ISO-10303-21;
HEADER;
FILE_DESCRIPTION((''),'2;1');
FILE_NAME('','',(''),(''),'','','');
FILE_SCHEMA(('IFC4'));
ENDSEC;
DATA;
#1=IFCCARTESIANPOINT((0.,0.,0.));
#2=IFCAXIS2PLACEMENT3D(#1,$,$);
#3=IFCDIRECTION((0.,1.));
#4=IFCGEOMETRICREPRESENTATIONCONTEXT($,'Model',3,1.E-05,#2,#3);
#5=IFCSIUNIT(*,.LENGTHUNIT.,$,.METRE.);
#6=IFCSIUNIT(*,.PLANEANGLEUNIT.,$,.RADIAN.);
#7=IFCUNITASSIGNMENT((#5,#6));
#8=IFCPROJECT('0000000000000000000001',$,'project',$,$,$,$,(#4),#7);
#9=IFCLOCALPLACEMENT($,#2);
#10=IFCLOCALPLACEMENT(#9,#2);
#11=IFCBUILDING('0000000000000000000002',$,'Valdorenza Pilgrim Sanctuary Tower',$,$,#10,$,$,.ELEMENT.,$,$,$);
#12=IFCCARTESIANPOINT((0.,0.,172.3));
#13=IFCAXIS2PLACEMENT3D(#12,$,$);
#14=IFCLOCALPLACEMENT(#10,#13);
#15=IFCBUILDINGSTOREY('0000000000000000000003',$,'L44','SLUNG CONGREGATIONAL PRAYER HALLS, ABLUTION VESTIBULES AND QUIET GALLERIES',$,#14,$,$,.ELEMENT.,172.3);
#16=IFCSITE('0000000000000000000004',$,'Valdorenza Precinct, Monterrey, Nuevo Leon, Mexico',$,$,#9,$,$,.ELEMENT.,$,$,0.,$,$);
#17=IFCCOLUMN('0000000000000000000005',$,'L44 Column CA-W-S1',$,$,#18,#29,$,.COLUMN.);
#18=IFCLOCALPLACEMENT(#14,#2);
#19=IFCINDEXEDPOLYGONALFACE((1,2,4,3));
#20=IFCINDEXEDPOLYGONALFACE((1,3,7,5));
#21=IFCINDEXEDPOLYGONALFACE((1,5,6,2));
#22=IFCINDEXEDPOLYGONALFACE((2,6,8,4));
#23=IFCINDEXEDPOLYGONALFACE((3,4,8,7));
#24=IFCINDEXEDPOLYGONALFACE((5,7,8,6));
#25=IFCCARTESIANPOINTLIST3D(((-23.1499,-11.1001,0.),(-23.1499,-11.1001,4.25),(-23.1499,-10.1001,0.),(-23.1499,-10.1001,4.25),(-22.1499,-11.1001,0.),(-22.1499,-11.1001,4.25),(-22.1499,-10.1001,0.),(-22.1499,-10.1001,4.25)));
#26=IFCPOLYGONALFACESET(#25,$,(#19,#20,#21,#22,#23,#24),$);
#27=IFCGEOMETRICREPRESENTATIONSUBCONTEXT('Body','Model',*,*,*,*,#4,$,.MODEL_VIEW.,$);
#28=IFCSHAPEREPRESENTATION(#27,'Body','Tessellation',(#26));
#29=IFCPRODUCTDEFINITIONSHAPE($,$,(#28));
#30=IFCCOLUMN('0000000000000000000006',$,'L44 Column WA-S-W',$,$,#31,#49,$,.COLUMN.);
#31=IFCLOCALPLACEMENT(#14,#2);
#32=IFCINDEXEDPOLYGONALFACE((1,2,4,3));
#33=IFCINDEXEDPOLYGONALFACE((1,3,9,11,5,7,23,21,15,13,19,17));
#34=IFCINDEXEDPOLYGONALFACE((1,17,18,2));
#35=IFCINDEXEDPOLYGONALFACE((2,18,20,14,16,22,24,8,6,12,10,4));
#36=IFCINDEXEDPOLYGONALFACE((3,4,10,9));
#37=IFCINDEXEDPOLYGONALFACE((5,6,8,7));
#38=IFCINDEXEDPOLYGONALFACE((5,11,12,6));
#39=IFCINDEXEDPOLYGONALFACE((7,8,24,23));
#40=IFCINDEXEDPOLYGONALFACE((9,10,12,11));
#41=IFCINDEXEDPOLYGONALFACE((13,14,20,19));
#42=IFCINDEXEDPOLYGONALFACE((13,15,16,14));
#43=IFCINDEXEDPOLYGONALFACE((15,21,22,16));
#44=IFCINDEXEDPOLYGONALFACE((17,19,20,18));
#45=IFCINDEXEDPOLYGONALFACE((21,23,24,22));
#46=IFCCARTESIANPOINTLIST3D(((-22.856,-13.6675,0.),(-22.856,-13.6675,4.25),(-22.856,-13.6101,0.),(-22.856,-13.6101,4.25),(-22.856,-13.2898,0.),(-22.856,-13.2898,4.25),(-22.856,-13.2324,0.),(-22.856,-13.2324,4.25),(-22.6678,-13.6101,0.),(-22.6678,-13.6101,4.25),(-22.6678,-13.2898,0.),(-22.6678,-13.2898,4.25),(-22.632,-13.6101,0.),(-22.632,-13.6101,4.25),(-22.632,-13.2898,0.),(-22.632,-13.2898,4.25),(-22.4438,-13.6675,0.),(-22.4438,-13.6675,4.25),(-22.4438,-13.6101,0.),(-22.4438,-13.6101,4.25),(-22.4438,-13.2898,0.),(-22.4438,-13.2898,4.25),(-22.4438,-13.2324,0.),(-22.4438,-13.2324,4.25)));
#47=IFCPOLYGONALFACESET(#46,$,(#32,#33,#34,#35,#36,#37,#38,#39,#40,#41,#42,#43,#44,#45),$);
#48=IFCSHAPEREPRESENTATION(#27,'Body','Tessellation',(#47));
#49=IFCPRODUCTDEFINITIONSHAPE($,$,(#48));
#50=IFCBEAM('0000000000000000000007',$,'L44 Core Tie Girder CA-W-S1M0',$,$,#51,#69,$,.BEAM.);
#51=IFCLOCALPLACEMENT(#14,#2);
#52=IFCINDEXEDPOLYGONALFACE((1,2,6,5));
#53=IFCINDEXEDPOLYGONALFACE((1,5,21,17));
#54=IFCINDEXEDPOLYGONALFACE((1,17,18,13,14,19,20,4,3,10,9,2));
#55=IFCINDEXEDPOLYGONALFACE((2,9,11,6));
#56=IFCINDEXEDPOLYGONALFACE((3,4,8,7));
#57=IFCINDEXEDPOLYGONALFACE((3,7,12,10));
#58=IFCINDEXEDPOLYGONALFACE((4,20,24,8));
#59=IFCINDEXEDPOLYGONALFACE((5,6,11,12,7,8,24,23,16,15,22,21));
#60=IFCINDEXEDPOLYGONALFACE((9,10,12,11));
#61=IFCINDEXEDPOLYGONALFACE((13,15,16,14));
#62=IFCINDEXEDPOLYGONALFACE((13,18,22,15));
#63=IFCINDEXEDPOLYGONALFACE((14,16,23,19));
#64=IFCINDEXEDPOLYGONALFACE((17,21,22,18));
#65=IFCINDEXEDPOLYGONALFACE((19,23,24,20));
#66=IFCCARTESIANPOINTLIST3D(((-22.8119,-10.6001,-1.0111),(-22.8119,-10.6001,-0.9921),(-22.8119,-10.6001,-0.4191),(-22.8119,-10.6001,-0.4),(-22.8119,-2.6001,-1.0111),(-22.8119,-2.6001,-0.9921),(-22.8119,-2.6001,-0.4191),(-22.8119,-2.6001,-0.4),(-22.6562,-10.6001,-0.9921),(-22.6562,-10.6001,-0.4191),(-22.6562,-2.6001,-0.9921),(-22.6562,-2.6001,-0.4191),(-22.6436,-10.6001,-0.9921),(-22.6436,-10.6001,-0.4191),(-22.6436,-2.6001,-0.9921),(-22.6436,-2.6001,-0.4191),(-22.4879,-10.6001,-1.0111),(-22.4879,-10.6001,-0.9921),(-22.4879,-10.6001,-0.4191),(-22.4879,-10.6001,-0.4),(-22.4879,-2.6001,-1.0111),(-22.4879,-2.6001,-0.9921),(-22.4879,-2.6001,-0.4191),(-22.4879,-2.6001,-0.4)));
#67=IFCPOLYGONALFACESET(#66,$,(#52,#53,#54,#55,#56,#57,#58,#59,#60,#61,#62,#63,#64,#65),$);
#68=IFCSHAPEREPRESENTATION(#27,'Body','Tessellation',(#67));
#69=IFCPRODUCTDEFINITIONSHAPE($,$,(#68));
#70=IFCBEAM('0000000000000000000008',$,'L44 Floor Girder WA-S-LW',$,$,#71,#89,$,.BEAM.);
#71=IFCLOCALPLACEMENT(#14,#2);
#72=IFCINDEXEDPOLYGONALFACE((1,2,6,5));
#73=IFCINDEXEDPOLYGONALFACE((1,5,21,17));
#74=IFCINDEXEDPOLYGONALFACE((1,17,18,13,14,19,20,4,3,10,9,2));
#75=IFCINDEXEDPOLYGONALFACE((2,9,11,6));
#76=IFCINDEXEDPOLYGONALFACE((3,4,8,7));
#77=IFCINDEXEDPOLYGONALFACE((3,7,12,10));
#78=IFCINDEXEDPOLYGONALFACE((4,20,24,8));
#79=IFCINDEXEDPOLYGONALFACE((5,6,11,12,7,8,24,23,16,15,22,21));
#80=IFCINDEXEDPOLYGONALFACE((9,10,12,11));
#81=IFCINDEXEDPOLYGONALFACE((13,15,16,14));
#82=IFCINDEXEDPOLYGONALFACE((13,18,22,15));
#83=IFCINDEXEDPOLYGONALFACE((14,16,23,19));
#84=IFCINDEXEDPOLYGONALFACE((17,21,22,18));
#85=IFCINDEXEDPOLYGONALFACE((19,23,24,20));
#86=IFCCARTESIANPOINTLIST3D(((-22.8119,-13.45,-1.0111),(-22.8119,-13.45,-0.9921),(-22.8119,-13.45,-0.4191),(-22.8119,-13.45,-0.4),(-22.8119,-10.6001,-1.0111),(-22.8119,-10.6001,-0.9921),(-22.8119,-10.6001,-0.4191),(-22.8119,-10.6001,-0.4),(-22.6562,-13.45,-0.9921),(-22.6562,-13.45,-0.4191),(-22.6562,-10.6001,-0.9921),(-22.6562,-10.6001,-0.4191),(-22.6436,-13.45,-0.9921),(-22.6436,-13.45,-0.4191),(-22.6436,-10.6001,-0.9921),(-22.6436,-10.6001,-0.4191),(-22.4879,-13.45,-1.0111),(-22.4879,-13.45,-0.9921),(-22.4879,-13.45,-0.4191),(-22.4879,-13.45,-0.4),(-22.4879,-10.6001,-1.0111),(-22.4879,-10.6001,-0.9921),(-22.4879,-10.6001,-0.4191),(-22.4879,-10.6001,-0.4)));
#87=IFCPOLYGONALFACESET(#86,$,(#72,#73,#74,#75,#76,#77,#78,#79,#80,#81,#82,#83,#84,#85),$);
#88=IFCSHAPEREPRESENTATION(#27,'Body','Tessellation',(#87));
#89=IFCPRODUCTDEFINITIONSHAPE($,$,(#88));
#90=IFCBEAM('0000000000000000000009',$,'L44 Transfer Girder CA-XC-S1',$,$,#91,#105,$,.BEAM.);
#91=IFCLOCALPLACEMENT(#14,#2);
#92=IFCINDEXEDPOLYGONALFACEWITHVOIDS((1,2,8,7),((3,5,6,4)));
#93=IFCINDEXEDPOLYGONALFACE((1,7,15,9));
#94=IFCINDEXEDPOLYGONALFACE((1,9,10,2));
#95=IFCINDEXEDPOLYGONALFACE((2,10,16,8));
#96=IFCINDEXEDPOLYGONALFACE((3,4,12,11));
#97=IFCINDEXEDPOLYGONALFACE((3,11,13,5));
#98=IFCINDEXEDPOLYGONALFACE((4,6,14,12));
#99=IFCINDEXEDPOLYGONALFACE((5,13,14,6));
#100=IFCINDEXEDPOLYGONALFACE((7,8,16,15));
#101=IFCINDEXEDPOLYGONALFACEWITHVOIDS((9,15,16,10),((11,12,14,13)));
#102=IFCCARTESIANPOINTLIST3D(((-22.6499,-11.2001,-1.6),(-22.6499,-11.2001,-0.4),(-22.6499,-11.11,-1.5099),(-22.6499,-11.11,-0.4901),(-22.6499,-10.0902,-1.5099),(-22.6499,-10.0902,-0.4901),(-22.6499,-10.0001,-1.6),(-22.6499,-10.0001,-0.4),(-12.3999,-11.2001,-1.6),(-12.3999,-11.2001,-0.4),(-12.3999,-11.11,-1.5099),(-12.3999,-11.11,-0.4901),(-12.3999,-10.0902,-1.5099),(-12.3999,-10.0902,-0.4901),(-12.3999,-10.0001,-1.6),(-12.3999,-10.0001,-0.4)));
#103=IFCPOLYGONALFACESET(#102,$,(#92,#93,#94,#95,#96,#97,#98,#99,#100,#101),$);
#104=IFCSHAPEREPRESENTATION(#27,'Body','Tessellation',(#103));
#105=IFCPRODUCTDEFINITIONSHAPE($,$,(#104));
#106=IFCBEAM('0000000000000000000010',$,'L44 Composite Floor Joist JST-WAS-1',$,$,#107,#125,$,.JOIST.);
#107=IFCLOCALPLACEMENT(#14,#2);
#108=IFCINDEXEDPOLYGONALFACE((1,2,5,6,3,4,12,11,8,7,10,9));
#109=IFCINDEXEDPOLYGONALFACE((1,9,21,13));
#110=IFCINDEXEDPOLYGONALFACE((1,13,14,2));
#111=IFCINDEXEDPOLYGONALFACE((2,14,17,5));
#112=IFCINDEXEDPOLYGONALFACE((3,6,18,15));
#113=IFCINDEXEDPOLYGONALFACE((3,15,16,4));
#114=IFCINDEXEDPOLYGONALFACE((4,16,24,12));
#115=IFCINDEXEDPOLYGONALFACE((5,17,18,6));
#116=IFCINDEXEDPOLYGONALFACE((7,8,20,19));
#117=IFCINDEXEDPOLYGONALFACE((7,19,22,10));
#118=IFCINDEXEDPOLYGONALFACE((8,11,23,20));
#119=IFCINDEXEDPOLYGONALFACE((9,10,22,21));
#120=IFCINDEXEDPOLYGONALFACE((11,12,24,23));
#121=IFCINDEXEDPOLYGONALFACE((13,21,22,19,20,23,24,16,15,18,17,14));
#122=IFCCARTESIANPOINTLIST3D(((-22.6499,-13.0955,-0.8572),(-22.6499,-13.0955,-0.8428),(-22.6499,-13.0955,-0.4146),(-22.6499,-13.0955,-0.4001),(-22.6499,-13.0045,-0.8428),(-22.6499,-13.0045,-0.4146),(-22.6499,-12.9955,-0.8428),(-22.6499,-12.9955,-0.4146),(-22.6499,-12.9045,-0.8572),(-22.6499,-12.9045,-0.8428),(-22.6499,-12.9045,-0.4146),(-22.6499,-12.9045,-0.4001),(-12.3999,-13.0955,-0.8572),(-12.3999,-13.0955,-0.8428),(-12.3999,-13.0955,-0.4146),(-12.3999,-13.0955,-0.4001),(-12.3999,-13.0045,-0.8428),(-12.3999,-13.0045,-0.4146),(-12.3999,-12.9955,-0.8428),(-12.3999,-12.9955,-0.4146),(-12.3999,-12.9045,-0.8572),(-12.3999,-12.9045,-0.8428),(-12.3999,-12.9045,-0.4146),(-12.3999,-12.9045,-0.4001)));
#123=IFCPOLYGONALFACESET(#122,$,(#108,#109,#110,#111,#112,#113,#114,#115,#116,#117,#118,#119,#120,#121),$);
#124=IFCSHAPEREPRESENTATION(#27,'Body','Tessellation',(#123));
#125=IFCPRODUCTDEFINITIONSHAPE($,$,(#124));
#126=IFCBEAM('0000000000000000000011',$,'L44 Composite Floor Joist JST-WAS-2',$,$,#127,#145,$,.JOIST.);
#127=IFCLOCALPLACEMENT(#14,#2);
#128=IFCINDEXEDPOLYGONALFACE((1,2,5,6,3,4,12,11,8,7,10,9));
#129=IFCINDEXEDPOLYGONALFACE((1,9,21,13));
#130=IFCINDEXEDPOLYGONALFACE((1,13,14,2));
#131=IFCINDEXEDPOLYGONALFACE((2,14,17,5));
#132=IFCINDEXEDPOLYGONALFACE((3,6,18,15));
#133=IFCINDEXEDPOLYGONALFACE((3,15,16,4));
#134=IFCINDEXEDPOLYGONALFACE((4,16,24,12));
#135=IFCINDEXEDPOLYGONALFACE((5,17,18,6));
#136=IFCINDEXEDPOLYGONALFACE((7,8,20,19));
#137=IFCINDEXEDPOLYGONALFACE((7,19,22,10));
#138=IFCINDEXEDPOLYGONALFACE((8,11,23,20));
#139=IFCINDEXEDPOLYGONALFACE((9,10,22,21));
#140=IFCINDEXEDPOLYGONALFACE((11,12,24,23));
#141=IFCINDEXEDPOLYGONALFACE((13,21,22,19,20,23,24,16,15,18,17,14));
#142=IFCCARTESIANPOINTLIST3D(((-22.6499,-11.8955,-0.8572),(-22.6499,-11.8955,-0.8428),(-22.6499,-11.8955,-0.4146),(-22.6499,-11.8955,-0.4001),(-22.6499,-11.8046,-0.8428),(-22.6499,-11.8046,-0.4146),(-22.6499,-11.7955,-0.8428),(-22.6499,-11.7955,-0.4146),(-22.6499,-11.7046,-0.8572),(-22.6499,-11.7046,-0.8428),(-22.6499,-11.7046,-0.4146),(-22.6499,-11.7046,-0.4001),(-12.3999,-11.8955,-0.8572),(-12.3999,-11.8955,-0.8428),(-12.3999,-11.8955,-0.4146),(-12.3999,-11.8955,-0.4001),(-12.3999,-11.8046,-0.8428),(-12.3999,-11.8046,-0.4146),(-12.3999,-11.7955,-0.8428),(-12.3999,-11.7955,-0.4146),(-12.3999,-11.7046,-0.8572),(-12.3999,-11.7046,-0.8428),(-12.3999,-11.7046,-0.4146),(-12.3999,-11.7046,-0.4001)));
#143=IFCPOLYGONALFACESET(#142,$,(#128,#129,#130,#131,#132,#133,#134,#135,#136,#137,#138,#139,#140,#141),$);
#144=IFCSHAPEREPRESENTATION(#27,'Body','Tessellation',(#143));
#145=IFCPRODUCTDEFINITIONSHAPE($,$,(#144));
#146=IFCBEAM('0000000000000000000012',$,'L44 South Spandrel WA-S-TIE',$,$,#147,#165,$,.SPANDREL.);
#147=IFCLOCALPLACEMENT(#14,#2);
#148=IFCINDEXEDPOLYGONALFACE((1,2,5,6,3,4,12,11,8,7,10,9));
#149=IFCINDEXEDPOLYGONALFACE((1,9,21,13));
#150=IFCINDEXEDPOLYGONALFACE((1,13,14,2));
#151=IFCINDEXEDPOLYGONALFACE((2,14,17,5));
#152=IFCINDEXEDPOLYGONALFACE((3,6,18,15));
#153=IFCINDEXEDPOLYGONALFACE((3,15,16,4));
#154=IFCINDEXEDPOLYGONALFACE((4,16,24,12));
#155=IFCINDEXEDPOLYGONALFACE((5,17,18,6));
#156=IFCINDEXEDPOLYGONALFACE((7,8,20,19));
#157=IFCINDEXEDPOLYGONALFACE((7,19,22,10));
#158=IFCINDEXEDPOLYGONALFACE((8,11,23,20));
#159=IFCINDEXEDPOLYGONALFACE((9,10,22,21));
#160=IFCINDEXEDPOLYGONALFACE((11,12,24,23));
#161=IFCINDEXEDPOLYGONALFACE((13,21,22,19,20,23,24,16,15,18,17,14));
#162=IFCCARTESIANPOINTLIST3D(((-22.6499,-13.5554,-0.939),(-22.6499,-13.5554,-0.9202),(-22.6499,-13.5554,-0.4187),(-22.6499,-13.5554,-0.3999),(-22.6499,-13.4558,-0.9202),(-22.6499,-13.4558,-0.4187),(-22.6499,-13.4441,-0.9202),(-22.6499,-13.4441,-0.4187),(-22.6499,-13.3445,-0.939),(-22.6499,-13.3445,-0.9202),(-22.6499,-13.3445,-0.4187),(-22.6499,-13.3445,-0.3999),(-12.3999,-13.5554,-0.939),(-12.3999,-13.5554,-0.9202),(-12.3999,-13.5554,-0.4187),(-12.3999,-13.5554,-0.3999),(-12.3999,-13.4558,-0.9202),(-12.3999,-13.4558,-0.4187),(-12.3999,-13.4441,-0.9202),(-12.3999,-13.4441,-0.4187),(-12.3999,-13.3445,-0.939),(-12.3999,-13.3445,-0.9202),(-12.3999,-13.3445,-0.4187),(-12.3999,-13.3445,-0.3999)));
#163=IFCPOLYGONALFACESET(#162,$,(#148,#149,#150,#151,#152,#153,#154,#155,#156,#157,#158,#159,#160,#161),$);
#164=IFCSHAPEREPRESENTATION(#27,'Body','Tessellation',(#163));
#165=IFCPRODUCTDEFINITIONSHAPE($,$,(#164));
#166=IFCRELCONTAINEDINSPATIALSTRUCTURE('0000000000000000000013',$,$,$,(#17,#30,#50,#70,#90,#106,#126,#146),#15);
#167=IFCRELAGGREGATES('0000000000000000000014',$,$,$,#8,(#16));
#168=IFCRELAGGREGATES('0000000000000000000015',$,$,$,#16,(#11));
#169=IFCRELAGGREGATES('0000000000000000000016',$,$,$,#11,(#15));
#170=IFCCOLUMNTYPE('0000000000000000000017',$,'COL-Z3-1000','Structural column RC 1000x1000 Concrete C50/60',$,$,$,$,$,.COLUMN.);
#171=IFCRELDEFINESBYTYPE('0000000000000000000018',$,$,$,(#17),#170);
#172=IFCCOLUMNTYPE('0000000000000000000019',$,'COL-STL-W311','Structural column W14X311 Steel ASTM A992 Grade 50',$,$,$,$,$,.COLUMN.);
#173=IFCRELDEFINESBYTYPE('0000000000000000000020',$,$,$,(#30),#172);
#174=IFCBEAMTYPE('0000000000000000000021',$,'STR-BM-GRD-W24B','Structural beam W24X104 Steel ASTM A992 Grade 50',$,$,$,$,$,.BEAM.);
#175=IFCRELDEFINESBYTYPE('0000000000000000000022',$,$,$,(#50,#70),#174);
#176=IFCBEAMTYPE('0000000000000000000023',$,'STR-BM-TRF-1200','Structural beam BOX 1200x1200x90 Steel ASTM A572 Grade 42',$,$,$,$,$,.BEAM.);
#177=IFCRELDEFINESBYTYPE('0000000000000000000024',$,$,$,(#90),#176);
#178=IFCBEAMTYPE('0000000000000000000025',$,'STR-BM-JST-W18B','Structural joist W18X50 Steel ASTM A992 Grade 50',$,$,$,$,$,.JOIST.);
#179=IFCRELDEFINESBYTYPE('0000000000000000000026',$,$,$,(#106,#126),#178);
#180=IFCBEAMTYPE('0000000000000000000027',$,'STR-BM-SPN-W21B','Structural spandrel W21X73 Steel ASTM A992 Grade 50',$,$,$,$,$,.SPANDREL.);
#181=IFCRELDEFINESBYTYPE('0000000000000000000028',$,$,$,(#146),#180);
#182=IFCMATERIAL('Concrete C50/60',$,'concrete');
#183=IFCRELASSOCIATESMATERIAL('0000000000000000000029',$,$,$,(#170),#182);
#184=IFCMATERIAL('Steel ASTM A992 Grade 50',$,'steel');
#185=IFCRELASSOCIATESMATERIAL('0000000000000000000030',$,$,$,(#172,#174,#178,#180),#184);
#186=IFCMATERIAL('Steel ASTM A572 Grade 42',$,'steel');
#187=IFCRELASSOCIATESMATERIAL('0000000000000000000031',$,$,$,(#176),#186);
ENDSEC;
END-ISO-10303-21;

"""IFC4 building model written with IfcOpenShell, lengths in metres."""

from ifc_helpers import new_model, si_unit, direction, frame, origin, origin_2d, place, context, subcontext, project, spatial, rectangle, hollow_rectangle, i_section, extrude, source, transform, mapped, material, material_profile, profile_set, type_object, element, save


model = new_model("IFC4")

# Units and contexts
model_context = context("Model", 3, precision=1e-05, world=origin(), true_north=direction((0.0, 1.0)))
body_context = subcontext(model_context, "Body", "Model", "MODEL_VIEW")
ifc_project = project(units=[si_unit("LENGTHUNIT", "METRE"), si_unit("PLANEANGLEUNIT", "RADIAN")], contexts=[model_context])

# Site, building, storey
site_placement = place(None, origin())
site = spatial("IfcSite", under=ifc_project, at=site_placement, Name="Valdorenza Precinct, Monterrey, Nuevo Leon, Mexico", CompositionType="ELEMENT", RefElevation=0.0)
building_placement = place(site_placement, origin())
building = spatial("IfcBuilding", under=site, at=building_placement, Name="Valdorenza Pilgrim Sanctuary Tower", CompositionType="ELEMENT")
storey_placement = place(building_placement, frame((0.0, 0.0, 172.3)))
storey = spatial("IfcBuildingStorey", under=building, at=storey_placement, Name="L44", Description="SLUNG CONGREGATIONAL PRAYER HALLS, ABLUTION VESTIBULES AND QUIET GALLERIES", CompositionType="ELEMENT", Elevation=172.3)

# Columns
ifc_material_1 = material(Name="Concrete C50/60", Category="concrete")
ifc_material_profile_1 = material_profile(ifc_material_1, rectangle(XDim=1.0, YDim=1.0, at=origin_2d()), Name="RC 1000x1000")
ifc_profile_set_1 = profile_set([ifc_material_profile_1], Name="Concrete C50/60")
column_type_1 = type_object("IfcColumnType", Name="COL-Z3-1000", Description="Structural column RC 1000x1000 Concrete C50/60", PredefinedType="COLUMN", material=ifc_profile_set_1)
shared_shape_1 = source(origin(), body_context, "Body", "SweptSolid", [
    extrude(rectangle(XDim=1.0, YDim=1.0, at=origin_2d()), origin(), (0.0, 0.0, 1.0), 4.25),
])
column_1_placement = place(storey_placement, frame((-22.6499, -10.6001, 0.0), z_axis=(0.0, 0.0, 1.0), x_axis=(1.0, 0.0, 0.0)))
element("IfcColumn", 1, at=column_1_placement, inside=storey, type_object=column_type_1, Name="L44 Column CA-W-S1", PredefinedType="COLUMN", context=body_context, shape_type="MappedRepresentation", body=[
    mapped(shared_shape_1, transform((0.0, 0.0, 0.0), x_axis=(1.0, 0.0, 0.0), y_axis=(0.0, 1.0, 0.0), z_axis=(0.0, 0.0, 1.0), scale=1.0)),
])
ifc_material_2 = material(Name="Steel ASTM A992 Grade 50", Category="steel")
ifc_material_profile_2 = material_profile(ifc_material_2, i_section(OverallWidth=0.4121, OverallDepth=0.4351, WebThickness=0.0359, FlangeThickness=0.0574, at=origin_2d()), Name="W14X311")
ifc_profile_set_2 = profile_set([ifc_material_profile_2], Name="Steel ASTM A992 Grade 50")
column_type_2 = type_object("IfcColumnType", Name="COL-STL-W311", Description="Structural column W14X311 Steel ASTM A992 Grade 50", PredefinedType="COLUMN", material=ifc_profile_set_2)
shared_shape_2 = source(origin(), body_context, "Body", "SweptSolid", [
    extrude(i_section(OverallWidth=0.4121, OverallDepth=0.4351, WebThickness=0.0359, FlangeThickness=0.0574, at=origin_2d()), origin(), (0.0, 0.0, 1.0), 4.25),
])
column_2_placement = place(storey_placement, frame((-22.6499, -13.45, 0.0), z_axis=(0.0, 0.0, 1.0), x_axis=(1.0, 0.0, 0.0)))
element("IfcColumn", 2, at=column_2_placement, inside=storey, type_object=column_type_2, Name="L44 Column WA-S-W", PredefinedType="COLUMN", context=body_context, shape_type="MappedRepresentation", body=[
    mapped(shared_shape_2, transform((0.0, 0.0, 0.0), x_axis=(1.0, 0.0, 0.0), y_axis=(0.0, 1.0, 0.0), z_axis=(0.0, 0.0, 1.0), scale=1.0)),
])

# Beams
ifc_material_profile_3 = material_profile(ifc_material_2, i_section(OverallWidth=0.324, OverallDepth=0.6111, WebThickness=0.0127, FlangeThickness=0.019, at=origin_2d()), Name="W24X104")
ifc_profile_set_3 = profile_set([ifc_material_profile_3], Name="Steel ASTM A992 Grade 50")
beam_type_1 = type_object("IfcBeamType", Name="STR-BM-GRD-W24B", Description="Structural beam W24X104 Steel ASTM A992 Grade 50", PredefinedType="BEAM", material=ifc_profile_set_3)
shared_shape_3 = source(origin(), body_context, "Body", "SweptSolid", [
    extrude(i_section(OverallWidth=0.324, OverallDepth=0.6111, WebThickness=0.0127, FlangeThickness=0.019, at=origin_2d()), origin(), (0.0, 0.0, 1.0), 8.0),
])
beam_1_placement = place(storey_placement, frame((-22.6499, -10.6001, -0.7056), z_axis=(0.0, 1.0, 0.0), x_axis=(-1.0, 0.0, 0.0)))
element("IfcBeam", 3, at=beam_1_placement, inside=storey, type_object=beam_type_1, Name="L44 Core Tie Girder CA-W-S1M0", PredefinedType="BEAM", context=body_context, shape_type="MappedRepresentation", body=[
    mapped(shared_shape_3, transform((0.0, 0.0, 0.0), x_axis=(1.0, 0.0, 0.0), y_axis=(0.0, 1.0, 0.0), z_axis=(0.0, 0.0, 1.0), scale=1.0)),
])
shared_shape_4 = source(origin(), body_context, "Body", "SweptSolid", [
    extrude(i_section(OverallWidth=0.324, OverallDepth=0.6111, WebThickness=0.0127, FlangeThickness=0.019, at=origin_2d()), origin(), (0.0, 0.0, 1.0), 2.8499),
])
beam_2_placement = place(storey_placement, frame((-22.6499, -13.45, -0.7056), z_axis=(0.0, 1.0, 0.0), x_axis=(-1.0, 0.0, 0.0)))
element("IfcBeam", 4, at=beam_2_placement, inside=storey, type_object=beam_type_1, Name="L44 Floor Girder WA-S-LW", PredefinedType="BEAM", context=body_context, shape_type="MappedRepresentation", body=[
    mapped(shared_shape_4, transform((0.0, 0.0, 0.0), x_axis=(1.0, 0.0, 0.0), y_axis=(0.0, 1.0, 0.0), z_axis=(0.0, 0.0, 1.0), scale=1.0)),
])
ifc_material_3 = material(Name="Steel ASTM A572 Grade 42", Category="steel")
ifc_material_profile_4 = material_profile(ifc_material_3, hollow_rectangle(XDim=1.2, YDim=1.2, WallThickness=0.0901, at=origin_2d()), Name="BOX 1200x1200x90")
ifc_profile_set_4 = profile_set([ifc_material_profile_4], Name="Steel ASTM A572 Grade 42")
beam_type_2 = type_object("IfcBeamType", Name="STR-BM-TRF-1200", Description="Structural beam BOX 1200x1200x90 Steel ASTM A572 Grade 42", PredefinedType="BEAM", material=ifc_profile_set_4)
shared_shape_5 = source(origin(), body_context, "Body", "SweptSolid", [
    extrude(hollow_rectangle(XDim=1.2, YDim=1.2, WallThickness=0.0901, at=origin_2d()), origin(), (0.0, 0.0, 1.0), 10.25),
])
beam_3_placement = place(storey_placement, frame((-22.6499, -10.6001, -1.0), z_axis=(1.0, 0.0, 0.0), x_axis=(0.0, 1.0, 0.0)))
element("IfcBeam", 5, at=beam_3_placement, inside=storey, type_object=beam_type_2, Name="L44 Transfer Girder CA-XC-S1", PredefinedType="BEAM", context=body_context, shape_type="MappedRepresentation", body=[
    mapped(shared_shape_5, transform((0.0, 0.0, 0.0), x_axis=(1.0, 0.0, 0.0), y_axis=(0.0, 1.0, 0.0), z_axis=(0.0, 0.0, 1.0), scale=1.0)),
])
ifc_material_profile_5 = material_profile(ifc_material_2, i_section(OverallWidth=0.1909, OverallDepth=0.457, WebThickness=0.009, FlangeThickness=0.0144, at=origin_2d()), Name="W18X50")
ifc_profile_set_5 = profile_set([ifc_material_profile_5], Name="Steel ASTM A992 Grade 50")
beam_type_3 = type_object("IfcBeamType", Name="STR-BM-JST-W18B", Description="Structural joist W18X50 Steel ASTM A992 Grade 50", PredefinedType="JOIST", material=ifc_profile_set_5)
shared_shape_6 = source(origin(), body_context, "Body", "SweptSolid", [
    extrude(i_section(OverallWidth=0.1909, OverallDepth=0.457, WebThickness=0.009, FlangeThickness=0.0144, at=origin_2d()), origin(), (0.0, 0.0, 1.0), 10.25),
])
for number, where, z_axis, x_axis, name in (
    (6, (-22.6499, -13.0, -0.6287), (1.0, 0.0, 0.0), (0.0, 1.0, 0.0), "L44 Composite Floor Joist JST-WAS-1"),
    (7, (-22.6499, -11.8, -0.6287), (1.0, 0.0, 0.0), (0.0, 1.0, 0.0), "L44 Composite Floor Joist JST-WAS-2"),
):
    element("IfcBeam", number, at=place(storey_placement, frame(where, z_axis=z_axis, x_axis=x_axis)), inside=storey, type_object=beam_type_3, Name=name, PredefinedType="JOIST", context=body_context, shape_type="MappedRepresentation", body=[
        mapped(shared_shape_6, transform((0.0, 0.0, 0.0), x_axis=(1.0, 0.0, 0.0), y_axis=(0.0, 1.0, 0.0), z_axis=(0.0, 0.0, 1.0), scale=1.0)),
    ])
ifc_material_profile_6 = material_profile(ifc_material_2, i_section(OverallWidth=0.2109, OverallDepth=0.5391, WebThickness=0.0117, FlangeThickness=0.0188, at=origin_2d()), Name="W21X73")
ifc_profile_set_6 = profile_set([ifc_material_profile_6], Name="Steel ASTM A992 Grade 50")
beam_type_4 = type_object("IfcBeamType", Name="STR-BM-SPN-W21B", Description="Structural spandrel W21X73 Steel ASTM A992 Grade 50", PredefinedType="SPANDREL", material=ifc_profile_set_6)
shared_shape_7 = source(origin(), body_context, "Body", "SweptSolid", [
    extrude(i_section(OverallWidth=0.2109, OverallDepth=0.5391, WebThickness=0.0117, FlangeThickness=0.0188, at=origin_2d()), origin(), (0.0, 0.0, 1.0), 10.25),
])
beam_4_placement = place(storey_placement, frame((-22.6499, -13.45, -0.6694), z_axis=(1.0, 0.0, 0.0), x_axis=(0.0, 1.0, 0.0)))
element("IfcBeam", 8, at=beam_4_placement, inside=storey, type_object=beam_type_4, Name="L44 South Spandrel WA-S-TIE", PredefinedType="SPANDREL", context=body_context, shape_type="MappedRepresentation", body=[
    mapped(shared_shape_7, transform((0.0, 0.0, 0.0), x_axis=(1.0, 0.0, 0.0), y_axis=(0.0, 1.0, 0.0), z_axis=(0.0, 0.0, 1.0), scale=1.0)),
])

save(model, "model.ifc")
